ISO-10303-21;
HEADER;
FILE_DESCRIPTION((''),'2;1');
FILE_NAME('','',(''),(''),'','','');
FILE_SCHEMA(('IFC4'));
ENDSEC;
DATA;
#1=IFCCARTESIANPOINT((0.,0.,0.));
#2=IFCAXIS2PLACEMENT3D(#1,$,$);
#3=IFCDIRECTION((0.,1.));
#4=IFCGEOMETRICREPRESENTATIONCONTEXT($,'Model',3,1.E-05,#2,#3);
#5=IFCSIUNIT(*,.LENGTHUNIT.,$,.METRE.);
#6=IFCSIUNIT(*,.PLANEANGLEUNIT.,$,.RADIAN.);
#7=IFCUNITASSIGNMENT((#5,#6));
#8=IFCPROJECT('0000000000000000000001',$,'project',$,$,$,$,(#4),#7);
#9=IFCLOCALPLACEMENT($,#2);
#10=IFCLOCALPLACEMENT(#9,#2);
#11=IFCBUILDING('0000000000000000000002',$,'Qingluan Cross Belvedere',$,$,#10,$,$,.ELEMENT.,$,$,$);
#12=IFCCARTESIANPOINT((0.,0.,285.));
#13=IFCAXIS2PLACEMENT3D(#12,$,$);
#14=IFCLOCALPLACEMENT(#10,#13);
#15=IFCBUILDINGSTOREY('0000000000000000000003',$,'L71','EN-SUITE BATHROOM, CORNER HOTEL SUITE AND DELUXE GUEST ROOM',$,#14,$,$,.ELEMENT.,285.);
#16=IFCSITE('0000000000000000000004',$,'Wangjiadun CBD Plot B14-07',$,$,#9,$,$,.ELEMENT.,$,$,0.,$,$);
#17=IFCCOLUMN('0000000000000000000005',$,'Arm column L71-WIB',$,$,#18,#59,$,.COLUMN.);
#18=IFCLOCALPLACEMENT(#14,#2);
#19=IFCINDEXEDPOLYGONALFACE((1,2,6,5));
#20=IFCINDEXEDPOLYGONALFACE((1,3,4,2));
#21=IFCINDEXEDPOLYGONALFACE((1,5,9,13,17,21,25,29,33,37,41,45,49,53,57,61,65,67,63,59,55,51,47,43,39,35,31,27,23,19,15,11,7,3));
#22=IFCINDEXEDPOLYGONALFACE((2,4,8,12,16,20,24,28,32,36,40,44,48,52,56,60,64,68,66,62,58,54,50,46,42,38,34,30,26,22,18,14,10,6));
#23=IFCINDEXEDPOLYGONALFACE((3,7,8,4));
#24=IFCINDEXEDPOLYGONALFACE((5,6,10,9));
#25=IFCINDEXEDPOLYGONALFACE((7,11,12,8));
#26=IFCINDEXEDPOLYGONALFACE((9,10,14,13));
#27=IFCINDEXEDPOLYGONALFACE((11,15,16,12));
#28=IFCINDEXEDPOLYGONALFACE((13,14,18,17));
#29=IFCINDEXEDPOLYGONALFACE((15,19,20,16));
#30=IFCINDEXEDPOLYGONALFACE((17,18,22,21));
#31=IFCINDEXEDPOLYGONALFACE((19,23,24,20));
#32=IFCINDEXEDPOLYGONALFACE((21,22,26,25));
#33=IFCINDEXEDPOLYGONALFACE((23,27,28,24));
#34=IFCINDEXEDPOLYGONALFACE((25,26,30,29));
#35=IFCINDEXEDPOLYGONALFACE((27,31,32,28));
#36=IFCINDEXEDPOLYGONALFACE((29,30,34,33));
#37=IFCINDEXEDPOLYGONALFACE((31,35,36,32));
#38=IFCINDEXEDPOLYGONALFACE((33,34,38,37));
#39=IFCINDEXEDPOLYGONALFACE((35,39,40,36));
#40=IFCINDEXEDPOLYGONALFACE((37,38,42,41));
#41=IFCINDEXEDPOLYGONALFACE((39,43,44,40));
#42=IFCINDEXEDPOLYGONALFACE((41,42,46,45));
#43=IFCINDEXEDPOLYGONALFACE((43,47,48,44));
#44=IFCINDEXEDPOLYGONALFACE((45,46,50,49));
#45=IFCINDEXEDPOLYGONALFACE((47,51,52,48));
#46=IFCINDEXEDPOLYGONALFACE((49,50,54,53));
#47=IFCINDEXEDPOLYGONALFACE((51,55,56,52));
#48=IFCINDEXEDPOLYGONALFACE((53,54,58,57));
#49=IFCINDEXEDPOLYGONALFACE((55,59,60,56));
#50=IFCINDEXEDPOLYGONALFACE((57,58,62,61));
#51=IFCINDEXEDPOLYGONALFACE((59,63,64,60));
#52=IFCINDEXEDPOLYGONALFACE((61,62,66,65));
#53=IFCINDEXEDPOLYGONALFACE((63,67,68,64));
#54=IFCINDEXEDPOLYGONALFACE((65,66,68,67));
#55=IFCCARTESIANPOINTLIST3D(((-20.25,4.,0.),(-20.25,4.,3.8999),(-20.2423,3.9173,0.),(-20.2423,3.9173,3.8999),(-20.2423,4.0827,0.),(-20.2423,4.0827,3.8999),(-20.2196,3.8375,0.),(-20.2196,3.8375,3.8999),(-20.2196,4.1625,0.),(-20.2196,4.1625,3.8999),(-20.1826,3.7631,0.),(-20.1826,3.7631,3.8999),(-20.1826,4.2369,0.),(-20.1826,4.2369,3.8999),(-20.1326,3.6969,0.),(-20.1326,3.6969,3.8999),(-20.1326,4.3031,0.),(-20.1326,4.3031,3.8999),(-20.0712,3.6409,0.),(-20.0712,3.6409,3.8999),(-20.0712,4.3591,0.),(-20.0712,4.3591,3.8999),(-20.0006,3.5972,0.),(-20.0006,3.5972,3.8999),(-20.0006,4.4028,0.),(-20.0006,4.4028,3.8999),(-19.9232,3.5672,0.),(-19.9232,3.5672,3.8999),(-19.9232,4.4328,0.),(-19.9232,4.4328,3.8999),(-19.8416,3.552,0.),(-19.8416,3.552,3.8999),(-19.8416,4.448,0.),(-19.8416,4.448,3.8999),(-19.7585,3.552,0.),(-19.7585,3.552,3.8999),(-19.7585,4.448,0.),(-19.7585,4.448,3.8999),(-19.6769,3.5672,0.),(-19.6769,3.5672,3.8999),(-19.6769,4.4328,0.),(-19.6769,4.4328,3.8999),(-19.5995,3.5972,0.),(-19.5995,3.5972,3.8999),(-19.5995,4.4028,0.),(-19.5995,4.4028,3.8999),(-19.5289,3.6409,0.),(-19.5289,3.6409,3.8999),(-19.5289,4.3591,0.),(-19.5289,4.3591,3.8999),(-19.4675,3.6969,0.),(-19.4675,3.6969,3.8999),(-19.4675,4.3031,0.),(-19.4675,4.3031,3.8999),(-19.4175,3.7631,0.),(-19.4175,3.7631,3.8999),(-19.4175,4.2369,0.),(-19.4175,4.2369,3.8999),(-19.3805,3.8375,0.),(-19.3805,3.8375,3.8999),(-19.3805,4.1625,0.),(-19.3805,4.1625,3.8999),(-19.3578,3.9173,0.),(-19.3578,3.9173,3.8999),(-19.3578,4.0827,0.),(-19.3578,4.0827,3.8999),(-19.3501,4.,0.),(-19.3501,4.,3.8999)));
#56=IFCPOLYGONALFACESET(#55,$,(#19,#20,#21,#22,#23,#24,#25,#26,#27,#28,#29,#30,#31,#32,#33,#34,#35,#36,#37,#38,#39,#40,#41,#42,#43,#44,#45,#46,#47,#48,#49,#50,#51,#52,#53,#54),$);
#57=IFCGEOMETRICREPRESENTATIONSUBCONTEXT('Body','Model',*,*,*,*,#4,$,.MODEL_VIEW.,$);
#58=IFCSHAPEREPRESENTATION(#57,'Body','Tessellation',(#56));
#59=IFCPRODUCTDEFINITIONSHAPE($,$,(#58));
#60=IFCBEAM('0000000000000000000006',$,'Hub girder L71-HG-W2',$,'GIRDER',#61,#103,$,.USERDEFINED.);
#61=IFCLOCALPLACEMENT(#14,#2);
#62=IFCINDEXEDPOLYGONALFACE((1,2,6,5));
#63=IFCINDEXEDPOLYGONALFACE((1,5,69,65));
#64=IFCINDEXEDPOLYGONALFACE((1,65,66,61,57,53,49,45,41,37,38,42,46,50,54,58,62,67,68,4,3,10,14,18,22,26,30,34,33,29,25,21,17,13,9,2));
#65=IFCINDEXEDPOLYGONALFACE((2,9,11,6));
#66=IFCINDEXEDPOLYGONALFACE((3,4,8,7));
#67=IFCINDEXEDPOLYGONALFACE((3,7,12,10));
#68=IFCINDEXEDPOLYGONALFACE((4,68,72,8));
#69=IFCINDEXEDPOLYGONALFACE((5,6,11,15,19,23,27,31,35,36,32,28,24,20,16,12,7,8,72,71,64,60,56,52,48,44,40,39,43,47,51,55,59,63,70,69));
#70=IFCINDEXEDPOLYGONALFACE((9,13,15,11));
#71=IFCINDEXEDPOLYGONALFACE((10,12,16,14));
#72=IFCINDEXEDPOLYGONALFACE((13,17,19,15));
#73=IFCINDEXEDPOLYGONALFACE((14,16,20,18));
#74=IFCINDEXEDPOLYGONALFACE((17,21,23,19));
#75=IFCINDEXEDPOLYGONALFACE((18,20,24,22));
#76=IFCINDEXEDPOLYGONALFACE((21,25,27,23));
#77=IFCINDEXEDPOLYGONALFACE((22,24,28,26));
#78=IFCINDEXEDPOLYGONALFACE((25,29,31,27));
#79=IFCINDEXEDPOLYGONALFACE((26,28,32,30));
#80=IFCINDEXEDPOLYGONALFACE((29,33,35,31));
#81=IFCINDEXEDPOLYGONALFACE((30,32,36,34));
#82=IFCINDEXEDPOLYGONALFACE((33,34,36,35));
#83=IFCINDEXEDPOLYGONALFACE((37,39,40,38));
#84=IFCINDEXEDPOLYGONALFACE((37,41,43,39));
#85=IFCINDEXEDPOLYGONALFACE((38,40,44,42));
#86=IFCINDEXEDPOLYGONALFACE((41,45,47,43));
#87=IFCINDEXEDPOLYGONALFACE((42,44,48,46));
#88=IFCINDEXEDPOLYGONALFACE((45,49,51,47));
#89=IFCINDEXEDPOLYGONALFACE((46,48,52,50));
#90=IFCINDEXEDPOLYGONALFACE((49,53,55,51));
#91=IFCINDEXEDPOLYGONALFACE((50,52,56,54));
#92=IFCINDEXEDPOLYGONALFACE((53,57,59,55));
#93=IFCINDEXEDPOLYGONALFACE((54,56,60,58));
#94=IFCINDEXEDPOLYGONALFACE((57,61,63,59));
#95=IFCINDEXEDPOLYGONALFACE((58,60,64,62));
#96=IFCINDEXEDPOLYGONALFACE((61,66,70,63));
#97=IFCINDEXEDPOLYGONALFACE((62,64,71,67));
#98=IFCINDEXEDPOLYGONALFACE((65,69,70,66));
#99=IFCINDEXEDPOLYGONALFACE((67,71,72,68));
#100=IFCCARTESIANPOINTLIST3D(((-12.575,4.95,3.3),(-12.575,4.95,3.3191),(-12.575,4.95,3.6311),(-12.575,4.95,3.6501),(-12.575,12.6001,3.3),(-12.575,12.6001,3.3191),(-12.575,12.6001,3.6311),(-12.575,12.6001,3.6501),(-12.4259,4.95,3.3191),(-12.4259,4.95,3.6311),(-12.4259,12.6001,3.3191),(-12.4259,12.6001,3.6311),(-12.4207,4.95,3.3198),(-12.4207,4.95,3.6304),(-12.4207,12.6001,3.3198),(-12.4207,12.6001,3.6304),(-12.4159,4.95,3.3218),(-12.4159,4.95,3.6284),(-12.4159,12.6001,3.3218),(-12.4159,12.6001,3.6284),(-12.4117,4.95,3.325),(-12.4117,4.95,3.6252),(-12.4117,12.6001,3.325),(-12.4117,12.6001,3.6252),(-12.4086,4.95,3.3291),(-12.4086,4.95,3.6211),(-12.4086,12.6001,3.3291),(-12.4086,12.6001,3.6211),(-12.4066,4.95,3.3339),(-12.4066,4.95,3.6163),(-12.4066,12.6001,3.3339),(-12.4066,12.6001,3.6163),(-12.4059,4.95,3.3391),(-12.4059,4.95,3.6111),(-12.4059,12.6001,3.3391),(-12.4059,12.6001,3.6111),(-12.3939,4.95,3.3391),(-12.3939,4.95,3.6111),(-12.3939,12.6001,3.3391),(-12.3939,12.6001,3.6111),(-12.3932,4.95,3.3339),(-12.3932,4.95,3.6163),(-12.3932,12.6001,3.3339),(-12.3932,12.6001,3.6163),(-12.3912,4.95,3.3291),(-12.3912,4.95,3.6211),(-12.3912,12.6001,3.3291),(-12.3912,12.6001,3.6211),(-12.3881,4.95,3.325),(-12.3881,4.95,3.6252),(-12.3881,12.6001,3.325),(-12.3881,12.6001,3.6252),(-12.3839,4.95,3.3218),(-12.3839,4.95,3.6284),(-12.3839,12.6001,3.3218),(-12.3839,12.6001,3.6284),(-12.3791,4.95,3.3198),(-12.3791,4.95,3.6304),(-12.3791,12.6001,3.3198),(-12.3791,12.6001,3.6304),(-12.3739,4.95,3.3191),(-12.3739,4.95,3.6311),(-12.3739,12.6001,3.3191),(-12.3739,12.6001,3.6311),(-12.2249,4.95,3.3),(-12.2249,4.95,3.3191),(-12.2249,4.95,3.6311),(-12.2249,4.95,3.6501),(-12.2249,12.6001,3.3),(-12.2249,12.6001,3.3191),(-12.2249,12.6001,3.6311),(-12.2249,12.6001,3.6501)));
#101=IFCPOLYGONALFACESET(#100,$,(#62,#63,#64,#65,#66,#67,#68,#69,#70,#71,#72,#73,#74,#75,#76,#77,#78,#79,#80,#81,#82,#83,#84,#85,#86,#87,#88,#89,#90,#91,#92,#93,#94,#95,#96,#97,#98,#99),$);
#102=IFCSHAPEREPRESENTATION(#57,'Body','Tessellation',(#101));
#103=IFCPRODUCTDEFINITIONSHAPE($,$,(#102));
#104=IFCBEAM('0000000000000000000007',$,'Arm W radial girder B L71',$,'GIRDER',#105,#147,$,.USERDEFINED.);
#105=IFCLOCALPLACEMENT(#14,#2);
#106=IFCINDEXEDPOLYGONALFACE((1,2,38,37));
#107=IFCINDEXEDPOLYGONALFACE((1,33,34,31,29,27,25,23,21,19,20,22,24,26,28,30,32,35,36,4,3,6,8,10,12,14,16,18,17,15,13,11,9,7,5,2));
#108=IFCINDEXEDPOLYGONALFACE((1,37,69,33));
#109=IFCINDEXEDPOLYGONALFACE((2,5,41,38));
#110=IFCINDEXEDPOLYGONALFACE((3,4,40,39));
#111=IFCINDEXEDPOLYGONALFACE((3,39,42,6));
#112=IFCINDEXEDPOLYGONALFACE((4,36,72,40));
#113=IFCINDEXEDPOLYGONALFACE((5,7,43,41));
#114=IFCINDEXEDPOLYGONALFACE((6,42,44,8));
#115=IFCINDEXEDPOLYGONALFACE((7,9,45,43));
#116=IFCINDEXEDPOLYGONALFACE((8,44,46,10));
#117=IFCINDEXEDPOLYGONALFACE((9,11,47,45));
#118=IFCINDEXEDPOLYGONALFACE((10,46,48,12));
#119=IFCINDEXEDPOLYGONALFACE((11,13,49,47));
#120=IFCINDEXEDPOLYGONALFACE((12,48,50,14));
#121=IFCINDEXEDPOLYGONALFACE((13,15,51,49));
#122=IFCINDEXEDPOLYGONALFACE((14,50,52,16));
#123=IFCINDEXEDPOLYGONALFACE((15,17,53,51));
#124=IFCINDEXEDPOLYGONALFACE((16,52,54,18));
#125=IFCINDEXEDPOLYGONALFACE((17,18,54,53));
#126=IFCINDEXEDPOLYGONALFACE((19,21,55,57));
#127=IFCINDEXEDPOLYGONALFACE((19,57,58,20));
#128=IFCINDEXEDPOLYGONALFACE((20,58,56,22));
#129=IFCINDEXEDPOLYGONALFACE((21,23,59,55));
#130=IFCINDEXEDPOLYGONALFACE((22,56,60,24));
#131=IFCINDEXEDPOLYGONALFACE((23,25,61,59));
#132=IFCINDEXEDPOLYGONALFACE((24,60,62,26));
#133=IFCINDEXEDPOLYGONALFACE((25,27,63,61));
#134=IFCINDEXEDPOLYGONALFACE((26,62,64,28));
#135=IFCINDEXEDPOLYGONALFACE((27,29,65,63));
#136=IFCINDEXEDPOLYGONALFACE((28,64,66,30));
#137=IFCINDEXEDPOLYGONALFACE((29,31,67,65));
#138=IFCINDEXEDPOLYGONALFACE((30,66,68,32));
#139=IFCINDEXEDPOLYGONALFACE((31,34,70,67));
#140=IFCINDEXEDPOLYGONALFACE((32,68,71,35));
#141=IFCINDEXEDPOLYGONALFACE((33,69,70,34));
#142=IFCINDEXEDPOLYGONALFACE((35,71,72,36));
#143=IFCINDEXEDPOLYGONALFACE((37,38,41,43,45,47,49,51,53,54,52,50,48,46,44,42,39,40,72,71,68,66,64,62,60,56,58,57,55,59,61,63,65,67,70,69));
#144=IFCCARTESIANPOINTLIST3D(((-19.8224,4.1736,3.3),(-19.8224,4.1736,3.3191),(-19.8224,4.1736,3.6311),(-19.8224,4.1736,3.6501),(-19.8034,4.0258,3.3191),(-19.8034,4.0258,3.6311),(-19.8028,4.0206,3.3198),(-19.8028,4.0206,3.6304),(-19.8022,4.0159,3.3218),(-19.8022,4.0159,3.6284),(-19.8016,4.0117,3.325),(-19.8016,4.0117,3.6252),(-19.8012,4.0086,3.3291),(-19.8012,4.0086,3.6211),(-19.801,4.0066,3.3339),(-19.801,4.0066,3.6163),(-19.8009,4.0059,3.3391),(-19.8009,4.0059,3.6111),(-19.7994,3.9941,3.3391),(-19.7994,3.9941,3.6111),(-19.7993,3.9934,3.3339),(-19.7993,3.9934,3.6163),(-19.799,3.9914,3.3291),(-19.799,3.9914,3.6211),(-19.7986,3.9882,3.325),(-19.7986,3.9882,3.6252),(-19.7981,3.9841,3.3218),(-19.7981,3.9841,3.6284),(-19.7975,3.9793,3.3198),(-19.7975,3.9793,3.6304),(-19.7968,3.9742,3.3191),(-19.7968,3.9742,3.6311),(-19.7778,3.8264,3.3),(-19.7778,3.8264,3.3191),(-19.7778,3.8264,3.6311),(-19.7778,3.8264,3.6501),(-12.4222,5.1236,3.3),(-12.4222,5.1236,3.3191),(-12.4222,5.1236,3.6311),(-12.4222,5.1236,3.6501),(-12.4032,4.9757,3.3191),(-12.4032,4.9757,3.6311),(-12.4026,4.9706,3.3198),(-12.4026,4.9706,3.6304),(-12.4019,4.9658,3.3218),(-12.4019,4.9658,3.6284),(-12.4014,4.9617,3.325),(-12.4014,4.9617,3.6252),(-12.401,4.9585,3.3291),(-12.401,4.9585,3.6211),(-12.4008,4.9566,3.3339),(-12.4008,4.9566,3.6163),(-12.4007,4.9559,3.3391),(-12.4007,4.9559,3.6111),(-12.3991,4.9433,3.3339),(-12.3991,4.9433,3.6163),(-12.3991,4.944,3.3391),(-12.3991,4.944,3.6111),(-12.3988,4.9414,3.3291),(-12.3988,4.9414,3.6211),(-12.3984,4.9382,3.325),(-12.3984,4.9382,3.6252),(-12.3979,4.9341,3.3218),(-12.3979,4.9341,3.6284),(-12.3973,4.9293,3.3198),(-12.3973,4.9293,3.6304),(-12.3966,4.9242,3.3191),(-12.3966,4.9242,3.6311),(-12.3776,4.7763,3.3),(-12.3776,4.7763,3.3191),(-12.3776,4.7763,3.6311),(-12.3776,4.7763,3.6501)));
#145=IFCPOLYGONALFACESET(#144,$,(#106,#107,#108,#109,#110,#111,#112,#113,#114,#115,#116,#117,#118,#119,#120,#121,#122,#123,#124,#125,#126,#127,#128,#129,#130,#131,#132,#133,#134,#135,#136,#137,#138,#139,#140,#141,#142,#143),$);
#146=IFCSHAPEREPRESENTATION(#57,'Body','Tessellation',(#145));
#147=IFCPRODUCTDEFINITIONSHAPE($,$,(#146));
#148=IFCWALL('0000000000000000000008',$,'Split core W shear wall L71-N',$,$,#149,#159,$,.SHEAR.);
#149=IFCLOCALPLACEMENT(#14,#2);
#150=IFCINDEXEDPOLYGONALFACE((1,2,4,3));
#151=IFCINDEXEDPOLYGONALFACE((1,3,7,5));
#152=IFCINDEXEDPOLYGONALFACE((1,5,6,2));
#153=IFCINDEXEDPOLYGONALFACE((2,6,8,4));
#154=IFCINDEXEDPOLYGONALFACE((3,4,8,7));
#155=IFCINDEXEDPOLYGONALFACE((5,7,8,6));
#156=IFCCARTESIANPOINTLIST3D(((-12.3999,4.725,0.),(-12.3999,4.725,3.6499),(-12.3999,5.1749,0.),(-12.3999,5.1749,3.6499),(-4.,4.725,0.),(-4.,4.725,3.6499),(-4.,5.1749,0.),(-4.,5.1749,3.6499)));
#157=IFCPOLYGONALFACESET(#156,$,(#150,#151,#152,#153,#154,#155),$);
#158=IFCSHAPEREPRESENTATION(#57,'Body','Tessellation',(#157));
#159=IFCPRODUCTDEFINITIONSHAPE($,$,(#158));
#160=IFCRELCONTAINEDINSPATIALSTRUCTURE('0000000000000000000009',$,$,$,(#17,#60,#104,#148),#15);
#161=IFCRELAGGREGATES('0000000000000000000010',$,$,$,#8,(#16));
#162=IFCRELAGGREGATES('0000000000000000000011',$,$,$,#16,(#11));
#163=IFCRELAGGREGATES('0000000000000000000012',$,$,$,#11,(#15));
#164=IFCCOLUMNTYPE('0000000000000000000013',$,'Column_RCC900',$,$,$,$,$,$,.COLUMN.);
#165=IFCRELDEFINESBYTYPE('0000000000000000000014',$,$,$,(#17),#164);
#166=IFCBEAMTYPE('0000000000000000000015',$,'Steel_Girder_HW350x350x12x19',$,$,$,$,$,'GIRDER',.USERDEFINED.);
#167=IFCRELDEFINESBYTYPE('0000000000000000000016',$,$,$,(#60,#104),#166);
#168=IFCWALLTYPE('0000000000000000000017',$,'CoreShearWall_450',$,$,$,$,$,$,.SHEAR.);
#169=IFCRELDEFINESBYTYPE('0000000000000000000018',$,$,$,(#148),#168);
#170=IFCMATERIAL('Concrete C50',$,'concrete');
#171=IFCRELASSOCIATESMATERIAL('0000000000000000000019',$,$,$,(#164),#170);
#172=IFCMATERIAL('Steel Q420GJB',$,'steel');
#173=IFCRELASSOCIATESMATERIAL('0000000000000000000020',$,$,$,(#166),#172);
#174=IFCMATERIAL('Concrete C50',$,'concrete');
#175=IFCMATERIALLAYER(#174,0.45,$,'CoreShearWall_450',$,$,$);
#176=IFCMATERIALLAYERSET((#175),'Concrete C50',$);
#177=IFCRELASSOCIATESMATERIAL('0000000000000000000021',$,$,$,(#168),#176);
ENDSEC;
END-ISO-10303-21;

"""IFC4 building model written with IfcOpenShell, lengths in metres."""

from ifc_helpers import new_model, si_unit, direction, frame, frame_2d, origin, origin_2d, place, context, subcontext, project, spatial, rectangle, circle, i_section, extrude, material, layer, layer_set, material_profile, profile_set, type_object, element, save


model = new_model("IFC4")

# Units and contexts
model_context = context("Model", 3, precision=1e-05, world=origin(), true_north=direction((0.0, 1.0)))
body_context = subcontext(model_context, "Body", "Model", "MODEL_VIEW")
ifc_project = project(units=[si_unit("LENGTHUNIT", "METRE"), si_unit("PLANEANGLEUNIT", "RADIAN")], contexts=[model_context])

# Site, building, storey
site_placement = place(None, origin())
site = spatial("IfcSite", under=ifc_project, at=site_placement, Name="Wangjiadun CBD Plot B14-07", CompositionType="ELEMENT", RefElevation=0.0)
building_placement = place(site_placement, origin())
building = spatial("IfcBuilding", under=site, at=building_placement, Name="Qingluan Cross Belvedere", CompositionType="ELEMENT")
storey_placement = place(building_placement, frame((0.0, 0.0, 285.0)))
storey = spatial("IfcBuildingStorey", under=building, at=storey_placement, Name="L71", Description="EN-SUITE BATHROOM, CORNER HOTEL SUITE AND DELUXE GUEST ROOM", CompositionType="ELEMENT", Elevation=285.0)

# Column
ifc_material_1 = material(Name="Concrete C50", Category="concrete")
ifc_material_profile_1 = material_profile(ifc_material_1, circle(Radius=0.45, at=origin_2d()), Name="RCC900")
ifc_profile_set_1 = profile_set([ifc_material_profile_1], Name="Concrete C50")
column_type = type_object("IfcColumnType", Name="Column_RCC900", PredefinedType="COLUMN", material=ifc_profile_set_1)
column_placement = place(storey_placement, frame((-19.8, 4.0, 0.0), z_axis=(0.0, 0.0, 1.0), x_axis=(1.0, 0.0, 0.0)))
element("IfcColumn", 1, at=column_placement, inside=storey, type_object=column_type, Name="Arm column L71-WIB", PredefinedType="COLUMN", context=body_context, shape_type="SweptSolid", body=[
    extrude(circle(Radius=0.45, at=origin_2d()), origin(), (0.0, 0.0, 1.0), 3.8999),
])

# Beams
ifc_material_2 = material(Name="Steel Q420GJB", Category="steel")
ifc_material_profile_2 = material_profile(ifc_material_2, i_section(OverallWidth=0.3501, OverallDepth=0.3501, WebThickness=0.012, FlangeThickness=0.019, FilletRadius=0.02, at=origin_2d()), Name="HW350x350x12x19")
ifc_profile_set_2 = profile_set([ifc_material_profile_2], Name="Steel Q420GJB")
beam_type = type_object("IfcBeamType", Name="Steel_Girder_HW350x350x12x19", ElementType="GIRDER", PredefinedType="USERDEFINED", material=ifc_profile_set_2)
beam_1_placement = place(storey_placement, frame((-12.3999, 4.95, 3.4751), z_axis=(0.0, 1.0, 0.0), x_axis=(-1.0, 0.0, 0.0)))
element("IfcBeam", 2, at=beam_1_placement, inside=storey, type_object=beam_type, Name="Hub girder L71-HG-W2", ObjectType="GIRDER", PredefinedType="USERDEFINED", context=body_context, shape_type="SweptSolid", body=[
    extrude(i_section(OverallWidth=0.3501, OverallDepth=0.3501, WebThickness=0.012, FlangeThickness=0.019, FilletRadius=0.02, at=origin_2d()), origin(), (0.0, 0.0, 1.0), 7.6501),
])
beam_2_placement = place(storey_placement, frame((-12.3999, 4.95, 3.4751), z_axis=(-0.991861, -0.127324, 0.0), x_axis=(0.127324, -0.991861, 0.0)))
element("IfcBeam", 3, at=beam_2_placement, inside=storey, type_object=beam_type, Name="Arm W radial girder B L71", ObjectType="GIRDER", PredefinedType="USERDEFINED", context=body_context, shape_type="SweptSolid", body=[
    extrude(i_section(OverallWidth=0.3501, OverallDepth=0.3501, WebThickness=0.012, FlangeThickness=0.019, FilletRadius=0.02, at=origin_2d()), origin(), (0.0, 0.0, 1.0), 7.4609),
])

# Wall
ifc_material_3 = material(Name="Concrete C50", Category="concrete")
ifc_layer_1 = layer(ifc_material_3, 0.45, Name="CoreShearWall_450")
ifc_layer_set_1 = layer_set([ifc_layer_1], Name="Concrete C50")
wall_type_1 = type_object("IfcWallType", Name="CoreShearWall_450", PredefinedType="SHEAR", material=ifc_layer_set_1)
wall_1_placement = place(storey_placement, frame((-12.3999, 4.95, 0.0), z_axis=(0.0, 0.0, 1.0), x_axis=(1.0, 0.0, 0.0)))
element("IfcWall", 4, at=wall_1_placement, inside=storey, type_object=wall_type_1, Name="Split core W shear wall L71-N", PredefinedType="SHEAR", context=body_context, shape_type="SweptSolid", body=[
    extrude(rectangle(XDim=8.3999, YDim=0.45, at=frame_2d((4.2, 0.0))), origin(), (0.0, 0.0, 1.0), 3.6499),
])

save(model, "model.ifc")
